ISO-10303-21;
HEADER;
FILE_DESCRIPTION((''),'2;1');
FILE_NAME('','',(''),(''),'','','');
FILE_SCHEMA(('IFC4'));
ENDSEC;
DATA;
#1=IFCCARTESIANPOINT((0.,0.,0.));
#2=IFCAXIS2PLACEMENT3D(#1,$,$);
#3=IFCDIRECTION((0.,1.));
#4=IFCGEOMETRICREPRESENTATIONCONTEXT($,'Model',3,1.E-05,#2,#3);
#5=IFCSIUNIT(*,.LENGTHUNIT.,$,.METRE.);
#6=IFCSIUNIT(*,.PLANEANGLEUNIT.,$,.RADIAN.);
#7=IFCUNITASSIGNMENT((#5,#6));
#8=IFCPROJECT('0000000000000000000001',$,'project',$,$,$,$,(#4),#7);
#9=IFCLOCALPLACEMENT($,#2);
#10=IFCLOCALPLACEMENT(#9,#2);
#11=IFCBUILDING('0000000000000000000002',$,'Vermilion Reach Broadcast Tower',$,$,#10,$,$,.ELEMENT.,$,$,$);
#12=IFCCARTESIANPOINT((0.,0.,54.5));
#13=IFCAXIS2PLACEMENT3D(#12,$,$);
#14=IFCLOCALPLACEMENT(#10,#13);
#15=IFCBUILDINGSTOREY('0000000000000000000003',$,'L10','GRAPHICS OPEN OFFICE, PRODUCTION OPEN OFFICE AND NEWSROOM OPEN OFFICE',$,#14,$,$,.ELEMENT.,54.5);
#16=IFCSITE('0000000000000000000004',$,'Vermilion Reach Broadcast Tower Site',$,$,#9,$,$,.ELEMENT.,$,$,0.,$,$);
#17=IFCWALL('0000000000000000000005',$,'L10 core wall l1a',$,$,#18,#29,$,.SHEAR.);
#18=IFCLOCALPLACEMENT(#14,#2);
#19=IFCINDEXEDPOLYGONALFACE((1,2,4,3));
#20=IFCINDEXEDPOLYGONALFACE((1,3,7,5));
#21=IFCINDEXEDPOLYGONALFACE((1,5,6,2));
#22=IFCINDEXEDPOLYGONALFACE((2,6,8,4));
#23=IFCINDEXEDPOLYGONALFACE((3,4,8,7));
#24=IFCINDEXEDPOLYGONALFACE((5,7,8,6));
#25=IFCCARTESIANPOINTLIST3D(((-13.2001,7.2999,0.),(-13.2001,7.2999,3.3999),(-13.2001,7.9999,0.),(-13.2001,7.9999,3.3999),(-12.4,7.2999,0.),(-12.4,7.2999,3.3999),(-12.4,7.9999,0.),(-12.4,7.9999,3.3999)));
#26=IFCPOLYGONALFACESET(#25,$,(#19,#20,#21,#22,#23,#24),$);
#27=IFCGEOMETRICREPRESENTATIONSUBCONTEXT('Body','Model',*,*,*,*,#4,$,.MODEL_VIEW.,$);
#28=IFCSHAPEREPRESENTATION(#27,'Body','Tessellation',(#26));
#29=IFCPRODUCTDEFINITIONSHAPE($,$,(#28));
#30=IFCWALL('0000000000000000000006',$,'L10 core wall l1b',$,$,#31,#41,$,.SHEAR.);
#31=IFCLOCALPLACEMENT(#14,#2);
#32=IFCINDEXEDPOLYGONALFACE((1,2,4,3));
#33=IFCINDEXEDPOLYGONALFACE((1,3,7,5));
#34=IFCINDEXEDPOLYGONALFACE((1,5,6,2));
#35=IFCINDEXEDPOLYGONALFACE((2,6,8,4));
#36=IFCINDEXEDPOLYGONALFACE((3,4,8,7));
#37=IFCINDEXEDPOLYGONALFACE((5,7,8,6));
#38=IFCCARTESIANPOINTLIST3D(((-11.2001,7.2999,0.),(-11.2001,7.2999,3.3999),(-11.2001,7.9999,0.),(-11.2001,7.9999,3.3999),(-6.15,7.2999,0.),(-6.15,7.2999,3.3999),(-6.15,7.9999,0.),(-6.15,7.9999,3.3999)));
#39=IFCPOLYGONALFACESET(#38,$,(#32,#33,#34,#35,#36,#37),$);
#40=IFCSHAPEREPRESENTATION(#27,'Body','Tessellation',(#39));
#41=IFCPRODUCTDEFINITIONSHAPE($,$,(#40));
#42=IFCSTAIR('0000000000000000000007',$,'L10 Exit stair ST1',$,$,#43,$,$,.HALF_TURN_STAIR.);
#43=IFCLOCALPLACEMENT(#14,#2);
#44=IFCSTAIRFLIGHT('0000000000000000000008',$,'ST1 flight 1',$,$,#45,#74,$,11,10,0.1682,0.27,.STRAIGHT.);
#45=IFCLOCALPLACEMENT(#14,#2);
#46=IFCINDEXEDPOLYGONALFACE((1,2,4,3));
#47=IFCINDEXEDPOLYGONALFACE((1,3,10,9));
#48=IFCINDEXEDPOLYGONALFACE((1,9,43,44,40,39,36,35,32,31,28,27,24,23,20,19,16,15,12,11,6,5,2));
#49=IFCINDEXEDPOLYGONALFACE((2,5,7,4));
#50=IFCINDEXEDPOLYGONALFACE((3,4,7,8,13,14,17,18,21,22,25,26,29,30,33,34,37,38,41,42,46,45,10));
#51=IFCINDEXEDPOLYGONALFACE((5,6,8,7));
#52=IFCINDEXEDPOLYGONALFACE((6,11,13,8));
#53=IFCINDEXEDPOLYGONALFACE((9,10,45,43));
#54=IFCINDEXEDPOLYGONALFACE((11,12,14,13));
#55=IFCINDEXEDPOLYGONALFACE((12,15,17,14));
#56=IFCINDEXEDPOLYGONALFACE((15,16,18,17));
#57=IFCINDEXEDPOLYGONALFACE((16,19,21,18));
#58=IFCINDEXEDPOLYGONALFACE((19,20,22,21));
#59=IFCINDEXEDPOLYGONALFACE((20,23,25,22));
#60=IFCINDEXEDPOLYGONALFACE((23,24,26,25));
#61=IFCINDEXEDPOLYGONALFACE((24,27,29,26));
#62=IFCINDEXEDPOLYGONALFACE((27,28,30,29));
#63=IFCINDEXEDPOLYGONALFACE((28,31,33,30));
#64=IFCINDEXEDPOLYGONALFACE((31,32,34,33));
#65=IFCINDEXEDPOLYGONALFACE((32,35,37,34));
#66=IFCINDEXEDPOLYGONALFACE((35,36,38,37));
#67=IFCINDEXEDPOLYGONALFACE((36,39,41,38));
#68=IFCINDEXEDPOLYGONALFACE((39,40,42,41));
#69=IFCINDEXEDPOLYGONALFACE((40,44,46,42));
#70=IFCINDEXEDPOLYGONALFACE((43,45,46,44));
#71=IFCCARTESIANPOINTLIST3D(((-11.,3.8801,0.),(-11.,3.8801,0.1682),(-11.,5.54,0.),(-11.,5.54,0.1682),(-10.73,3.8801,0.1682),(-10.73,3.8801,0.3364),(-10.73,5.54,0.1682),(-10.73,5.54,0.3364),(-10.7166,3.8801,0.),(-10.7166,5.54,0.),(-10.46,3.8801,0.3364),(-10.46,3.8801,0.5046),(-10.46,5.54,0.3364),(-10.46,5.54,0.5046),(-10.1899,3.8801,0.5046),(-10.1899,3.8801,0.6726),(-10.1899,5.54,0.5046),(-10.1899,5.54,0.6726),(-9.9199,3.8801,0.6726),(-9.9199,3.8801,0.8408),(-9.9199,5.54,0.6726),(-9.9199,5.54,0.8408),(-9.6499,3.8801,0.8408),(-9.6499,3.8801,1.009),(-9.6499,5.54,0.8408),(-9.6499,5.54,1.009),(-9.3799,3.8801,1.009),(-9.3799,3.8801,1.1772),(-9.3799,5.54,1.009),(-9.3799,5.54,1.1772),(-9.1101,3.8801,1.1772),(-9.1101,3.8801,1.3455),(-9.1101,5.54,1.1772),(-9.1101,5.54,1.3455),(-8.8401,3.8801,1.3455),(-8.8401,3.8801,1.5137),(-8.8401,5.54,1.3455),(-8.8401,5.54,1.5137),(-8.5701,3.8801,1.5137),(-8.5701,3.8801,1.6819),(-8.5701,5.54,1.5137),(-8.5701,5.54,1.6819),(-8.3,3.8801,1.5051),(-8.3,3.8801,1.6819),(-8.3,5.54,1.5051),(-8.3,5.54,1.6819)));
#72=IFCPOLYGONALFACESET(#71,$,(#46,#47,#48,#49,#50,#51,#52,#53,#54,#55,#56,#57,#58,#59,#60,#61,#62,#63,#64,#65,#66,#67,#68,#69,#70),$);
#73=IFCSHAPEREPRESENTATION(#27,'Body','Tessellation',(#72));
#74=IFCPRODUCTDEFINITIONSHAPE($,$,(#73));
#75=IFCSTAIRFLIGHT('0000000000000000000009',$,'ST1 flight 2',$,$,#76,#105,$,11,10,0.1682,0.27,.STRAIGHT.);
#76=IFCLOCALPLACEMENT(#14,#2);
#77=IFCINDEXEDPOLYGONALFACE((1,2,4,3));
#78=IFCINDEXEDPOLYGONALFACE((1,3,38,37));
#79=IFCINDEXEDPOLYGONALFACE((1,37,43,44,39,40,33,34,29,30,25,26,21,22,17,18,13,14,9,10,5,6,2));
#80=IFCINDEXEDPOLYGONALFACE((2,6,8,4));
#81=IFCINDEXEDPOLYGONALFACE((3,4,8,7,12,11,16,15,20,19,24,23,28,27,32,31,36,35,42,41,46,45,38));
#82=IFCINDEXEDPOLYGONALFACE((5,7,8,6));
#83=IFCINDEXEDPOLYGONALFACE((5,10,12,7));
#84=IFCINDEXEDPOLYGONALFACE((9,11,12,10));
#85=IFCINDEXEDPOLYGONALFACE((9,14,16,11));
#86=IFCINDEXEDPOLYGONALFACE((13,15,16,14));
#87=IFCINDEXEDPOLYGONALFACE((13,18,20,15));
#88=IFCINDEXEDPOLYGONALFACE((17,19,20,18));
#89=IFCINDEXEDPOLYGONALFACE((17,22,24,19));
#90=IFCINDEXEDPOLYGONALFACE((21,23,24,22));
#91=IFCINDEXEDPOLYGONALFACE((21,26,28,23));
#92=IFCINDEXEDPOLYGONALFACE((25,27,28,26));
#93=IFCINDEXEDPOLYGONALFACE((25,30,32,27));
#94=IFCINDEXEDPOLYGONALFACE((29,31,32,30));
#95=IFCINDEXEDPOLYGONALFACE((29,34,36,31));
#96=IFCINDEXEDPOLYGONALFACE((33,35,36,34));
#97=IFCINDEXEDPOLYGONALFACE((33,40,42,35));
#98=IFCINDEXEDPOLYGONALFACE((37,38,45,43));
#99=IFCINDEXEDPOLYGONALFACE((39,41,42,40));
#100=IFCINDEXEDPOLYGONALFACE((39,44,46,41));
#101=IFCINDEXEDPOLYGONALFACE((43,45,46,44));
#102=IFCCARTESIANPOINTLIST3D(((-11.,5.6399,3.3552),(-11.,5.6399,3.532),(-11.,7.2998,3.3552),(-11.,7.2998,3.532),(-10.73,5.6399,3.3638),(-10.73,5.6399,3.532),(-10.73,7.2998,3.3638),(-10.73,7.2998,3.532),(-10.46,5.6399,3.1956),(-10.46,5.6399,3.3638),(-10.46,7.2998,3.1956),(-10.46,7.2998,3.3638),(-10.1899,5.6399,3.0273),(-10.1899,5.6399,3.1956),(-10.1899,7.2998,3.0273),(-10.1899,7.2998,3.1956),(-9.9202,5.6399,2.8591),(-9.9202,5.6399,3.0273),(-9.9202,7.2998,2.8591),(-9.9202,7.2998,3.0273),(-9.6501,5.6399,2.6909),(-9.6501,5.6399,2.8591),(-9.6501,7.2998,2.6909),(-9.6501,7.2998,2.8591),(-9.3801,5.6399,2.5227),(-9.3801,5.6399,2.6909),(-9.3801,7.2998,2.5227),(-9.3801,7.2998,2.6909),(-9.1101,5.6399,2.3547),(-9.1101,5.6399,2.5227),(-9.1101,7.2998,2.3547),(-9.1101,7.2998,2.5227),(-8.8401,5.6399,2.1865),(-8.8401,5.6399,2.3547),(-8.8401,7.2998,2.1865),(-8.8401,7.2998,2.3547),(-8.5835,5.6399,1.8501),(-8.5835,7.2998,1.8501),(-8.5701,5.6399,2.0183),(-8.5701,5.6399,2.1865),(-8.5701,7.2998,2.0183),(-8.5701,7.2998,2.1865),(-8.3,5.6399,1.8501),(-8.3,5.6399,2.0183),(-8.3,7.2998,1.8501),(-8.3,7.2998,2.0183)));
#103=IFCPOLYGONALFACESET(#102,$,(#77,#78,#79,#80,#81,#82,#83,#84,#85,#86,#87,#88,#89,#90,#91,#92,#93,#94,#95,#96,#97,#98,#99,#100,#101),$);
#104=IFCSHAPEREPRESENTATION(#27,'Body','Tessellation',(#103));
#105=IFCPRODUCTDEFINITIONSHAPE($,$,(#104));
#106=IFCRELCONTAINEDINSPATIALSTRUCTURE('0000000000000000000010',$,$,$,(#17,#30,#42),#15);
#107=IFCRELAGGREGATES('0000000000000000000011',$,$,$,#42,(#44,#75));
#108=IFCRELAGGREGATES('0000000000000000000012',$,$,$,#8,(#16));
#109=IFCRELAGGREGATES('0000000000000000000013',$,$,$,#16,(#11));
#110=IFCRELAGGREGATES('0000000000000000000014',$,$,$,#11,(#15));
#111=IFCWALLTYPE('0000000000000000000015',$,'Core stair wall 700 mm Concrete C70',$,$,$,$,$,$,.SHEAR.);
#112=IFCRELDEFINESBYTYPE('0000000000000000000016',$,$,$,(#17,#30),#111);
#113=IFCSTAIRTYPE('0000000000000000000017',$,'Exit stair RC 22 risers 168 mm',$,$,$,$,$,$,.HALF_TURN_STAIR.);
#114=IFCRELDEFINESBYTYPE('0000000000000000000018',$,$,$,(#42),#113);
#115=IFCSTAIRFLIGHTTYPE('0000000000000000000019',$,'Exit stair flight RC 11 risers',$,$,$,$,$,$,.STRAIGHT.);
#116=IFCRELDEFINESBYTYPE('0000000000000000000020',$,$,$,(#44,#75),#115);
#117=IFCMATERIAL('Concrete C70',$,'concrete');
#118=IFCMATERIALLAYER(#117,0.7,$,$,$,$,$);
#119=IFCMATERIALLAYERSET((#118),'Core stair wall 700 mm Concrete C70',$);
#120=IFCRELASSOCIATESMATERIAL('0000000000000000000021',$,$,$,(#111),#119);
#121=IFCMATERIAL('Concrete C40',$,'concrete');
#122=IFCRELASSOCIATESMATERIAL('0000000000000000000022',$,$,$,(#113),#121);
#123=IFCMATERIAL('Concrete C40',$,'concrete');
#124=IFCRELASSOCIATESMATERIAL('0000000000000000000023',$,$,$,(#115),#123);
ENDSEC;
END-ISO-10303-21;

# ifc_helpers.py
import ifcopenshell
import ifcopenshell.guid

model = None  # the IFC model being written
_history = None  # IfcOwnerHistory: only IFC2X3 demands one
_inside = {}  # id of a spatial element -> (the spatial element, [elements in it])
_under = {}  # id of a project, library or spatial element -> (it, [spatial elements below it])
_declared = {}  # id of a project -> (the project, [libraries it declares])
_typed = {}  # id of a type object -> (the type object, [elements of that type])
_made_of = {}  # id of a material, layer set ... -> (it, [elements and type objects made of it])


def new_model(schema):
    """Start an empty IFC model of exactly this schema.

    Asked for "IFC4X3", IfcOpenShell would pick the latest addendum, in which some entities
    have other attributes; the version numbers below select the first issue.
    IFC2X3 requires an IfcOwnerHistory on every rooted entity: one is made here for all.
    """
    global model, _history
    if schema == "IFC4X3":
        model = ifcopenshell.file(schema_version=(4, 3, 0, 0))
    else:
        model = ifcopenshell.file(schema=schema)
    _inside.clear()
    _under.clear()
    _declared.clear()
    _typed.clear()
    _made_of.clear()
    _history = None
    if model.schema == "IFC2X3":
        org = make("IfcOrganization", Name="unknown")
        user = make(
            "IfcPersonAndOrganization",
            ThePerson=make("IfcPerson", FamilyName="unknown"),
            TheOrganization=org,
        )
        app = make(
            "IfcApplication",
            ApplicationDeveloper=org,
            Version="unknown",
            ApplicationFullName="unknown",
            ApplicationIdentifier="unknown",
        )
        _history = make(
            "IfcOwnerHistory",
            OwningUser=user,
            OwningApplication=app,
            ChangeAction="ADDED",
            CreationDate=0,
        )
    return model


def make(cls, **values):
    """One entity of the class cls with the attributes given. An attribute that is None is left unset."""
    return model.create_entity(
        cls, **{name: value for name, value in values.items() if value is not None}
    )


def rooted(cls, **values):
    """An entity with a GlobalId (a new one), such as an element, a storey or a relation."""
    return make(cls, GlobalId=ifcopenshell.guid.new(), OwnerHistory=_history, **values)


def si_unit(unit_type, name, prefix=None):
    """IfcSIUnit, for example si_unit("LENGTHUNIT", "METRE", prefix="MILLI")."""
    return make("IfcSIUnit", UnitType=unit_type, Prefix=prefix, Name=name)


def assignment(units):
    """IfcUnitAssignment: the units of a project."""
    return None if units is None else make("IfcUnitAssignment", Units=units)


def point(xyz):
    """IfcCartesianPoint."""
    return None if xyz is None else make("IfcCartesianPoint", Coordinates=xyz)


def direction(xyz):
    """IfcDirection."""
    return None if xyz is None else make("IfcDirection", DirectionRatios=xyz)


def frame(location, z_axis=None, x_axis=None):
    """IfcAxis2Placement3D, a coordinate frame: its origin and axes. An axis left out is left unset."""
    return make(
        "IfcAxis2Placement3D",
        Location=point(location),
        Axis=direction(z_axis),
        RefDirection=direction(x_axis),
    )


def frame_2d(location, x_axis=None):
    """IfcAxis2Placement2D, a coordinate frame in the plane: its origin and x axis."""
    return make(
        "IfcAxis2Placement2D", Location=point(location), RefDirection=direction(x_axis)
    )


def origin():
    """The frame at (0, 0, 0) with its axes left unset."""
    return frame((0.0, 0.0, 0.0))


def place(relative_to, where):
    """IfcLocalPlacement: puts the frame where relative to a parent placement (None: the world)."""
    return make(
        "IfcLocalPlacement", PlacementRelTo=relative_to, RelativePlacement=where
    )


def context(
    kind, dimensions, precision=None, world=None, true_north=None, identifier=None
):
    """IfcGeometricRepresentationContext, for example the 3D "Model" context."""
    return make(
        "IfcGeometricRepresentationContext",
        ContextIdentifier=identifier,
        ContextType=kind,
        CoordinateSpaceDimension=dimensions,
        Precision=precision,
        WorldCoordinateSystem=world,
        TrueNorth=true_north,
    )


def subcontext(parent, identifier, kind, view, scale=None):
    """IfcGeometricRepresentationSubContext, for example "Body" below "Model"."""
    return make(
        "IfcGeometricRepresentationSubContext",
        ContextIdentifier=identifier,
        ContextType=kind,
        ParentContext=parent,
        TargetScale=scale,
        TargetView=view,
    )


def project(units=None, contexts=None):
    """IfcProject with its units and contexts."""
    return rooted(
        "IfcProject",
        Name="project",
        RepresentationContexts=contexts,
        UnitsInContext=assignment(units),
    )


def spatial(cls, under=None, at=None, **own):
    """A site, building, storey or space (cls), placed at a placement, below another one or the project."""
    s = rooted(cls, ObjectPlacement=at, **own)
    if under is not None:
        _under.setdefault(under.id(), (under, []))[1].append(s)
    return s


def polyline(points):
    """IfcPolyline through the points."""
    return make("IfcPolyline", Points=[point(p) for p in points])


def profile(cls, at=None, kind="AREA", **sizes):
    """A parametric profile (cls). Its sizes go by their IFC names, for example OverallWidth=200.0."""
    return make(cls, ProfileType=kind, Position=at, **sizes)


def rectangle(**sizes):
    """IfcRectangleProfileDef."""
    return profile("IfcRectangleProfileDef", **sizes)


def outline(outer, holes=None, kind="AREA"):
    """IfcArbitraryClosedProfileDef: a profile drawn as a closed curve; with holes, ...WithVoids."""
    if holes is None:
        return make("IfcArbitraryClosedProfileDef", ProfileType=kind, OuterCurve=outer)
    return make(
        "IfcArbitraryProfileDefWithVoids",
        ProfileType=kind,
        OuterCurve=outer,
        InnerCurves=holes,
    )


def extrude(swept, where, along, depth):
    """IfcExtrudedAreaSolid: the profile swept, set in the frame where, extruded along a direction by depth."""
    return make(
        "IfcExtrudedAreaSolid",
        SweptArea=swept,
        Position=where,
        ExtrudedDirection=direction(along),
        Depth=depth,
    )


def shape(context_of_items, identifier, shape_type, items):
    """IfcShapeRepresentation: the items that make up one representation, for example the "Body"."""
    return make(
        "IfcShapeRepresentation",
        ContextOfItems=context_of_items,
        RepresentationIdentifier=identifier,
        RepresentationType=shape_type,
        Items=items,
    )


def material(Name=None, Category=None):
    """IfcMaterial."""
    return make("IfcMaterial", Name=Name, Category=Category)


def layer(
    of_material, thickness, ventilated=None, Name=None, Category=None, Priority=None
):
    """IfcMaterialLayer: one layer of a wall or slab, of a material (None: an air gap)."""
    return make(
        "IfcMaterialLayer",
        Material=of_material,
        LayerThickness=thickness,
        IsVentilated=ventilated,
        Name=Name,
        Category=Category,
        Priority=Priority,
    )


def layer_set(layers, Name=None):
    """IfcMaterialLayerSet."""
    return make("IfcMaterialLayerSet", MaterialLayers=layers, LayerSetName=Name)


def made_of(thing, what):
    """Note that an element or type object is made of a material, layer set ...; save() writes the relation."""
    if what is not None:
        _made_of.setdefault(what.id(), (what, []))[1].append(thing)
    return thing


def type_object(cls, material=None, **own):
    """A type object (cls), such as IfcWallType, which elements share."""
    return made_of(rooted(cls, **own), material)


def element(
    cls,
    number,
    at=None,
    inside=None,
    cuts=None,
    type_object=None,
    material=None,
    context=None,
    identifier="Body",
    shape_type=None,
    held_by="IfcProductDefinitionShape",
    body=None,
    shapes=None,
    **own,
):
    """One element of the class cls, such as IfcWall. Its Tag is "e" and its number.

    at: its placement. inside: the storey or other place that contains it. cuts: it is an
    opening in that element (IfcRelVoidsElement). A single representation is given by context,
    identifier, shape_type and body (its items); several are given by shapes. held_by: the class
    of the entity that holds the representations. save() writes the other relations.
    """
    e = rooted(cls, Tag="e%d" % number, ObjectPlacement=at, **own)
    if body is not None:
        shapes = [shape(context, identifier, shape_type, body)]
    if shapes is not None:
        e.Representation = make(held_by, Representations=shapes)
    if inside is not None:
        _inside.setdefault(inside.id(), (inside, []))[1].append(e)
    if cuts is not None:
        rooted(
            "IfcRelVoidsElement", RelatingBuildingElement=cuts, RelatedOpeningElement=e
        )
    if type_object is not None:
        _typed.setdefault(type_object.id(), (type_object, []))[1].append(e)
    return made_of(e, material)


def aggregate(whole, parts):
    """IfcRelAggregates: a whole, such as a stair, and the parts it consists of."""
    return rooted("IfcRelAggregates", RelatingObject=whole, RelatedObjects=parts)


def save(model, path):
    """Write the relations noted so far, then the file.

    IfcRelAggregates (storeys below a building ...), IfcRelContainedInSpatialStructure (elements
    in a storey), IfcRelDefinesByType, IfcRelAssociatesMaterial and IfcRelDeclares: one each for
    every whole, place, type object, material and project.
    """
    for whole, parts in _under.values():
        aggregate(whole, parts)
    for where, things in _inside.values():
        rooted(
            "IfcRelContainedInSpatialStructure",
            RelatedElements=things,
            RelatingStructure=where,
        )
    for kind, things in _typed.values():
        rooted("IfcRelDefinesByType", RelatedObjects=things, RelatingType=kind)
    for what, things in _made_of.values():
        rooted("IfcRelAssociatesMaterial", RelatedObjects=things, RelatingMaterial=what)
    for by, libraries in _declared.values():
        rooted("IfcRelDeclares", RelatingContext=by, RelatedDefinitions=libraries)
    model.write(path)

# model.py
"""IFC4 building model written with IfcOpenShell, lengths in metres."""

from ifc_helpers import new_model, si_unit, direction, frame, frame_2d, origin, place, context, subcontext, project, spatial, polyline, rectangle, outline, extrude, material, layer, layer_set, type_object, element, aggregate, save


model = new_model("IFC4")

# Units and contexts
model_context = context("Model", 3, precision=1e-05, world=origin(), true_north=direction((0.0, 1.0)))
body_context = subcontext(model_context, "Body", "Model", "MODEL_VIEW")
ifc_project = project(units=[si_unit("LENGTHUNIT", "METRE"), si_unit("PLANEANGLEUNIT", "RADIAN")], contexts=[model_context])

# Site, building, storey
site_placement = place(None, origin())
site = spatial("IfcSite", under=ifc_project, at=site_placement, Name="Vermilion Reach Broadcast Tower Site", CompositionType="ELEMENT", RefElevation=0.0)
building_placement = place(site_placement, origin())
building = spatial("IfcBuilding", under=site, at=building_placement, Name="Vermilion Reach Broadcast Tower", CompositionType="ELEMENT")
storey_placement = place(building_placement, frame((0.0, 0.0, 54.5)))
storey = spatial("IfcBuildingStorey", under=building, at=storey_placement, Name="L10", Description="GRAPHICS OPEN OFFICE, PRODUCTION OPEN OFFICE AND NEWSROOM OPEN OFFICE", CompositionType="ELEMENT", Elevation=54.5)

# Walls
ifc_material_1 = material(Name="Concrete C70", Category="concrete")
ifc_layer_1 = layer(ifc_material_1, 0.7)
ifc_layer_set_1 = layer_set([ifc_layer_1], Name="Core stair wall 700 mm Concrete C70")
wall_type_1 = type_object("IfcWallType", Name="Core stair wall 700 mm Concrete C70", PredefinedType="SHEAR", material=ifc_layer_set_1)
wall_1_placement = place(storey_placement, frame((-13.2, 7.6499, 0.0), z_axis=(0.0, 0.0, 1.0), x_axis=(1.0, 0.0, 0.0)))
element("IfcWall", 1, at=wall_1_placement, inside=storey, type_object=wall_type_1, Name="L10 core wall l1a", PredefinedType="SHEAR", context=body_context, shape_type="SweptSolid", body=[
    extrude(rectangle(XDim=0.8, YDim=0.7, at=frame_2d((0.3999, 0.0))), origin(), (0.0, 0.0, 1.0), 3.3999),
])
wall_2_placement = place(storey_placement, frame((-11.2, 7.6499, 0.0), z_axis=(0.0, 0.0, 1.0), x_axis=(1.0, 0.0, 0.0)))
element("IfcWall", 2, at=wall_2_placement, inside=storey, type_object=wall_type_1, Name="L10 core wall l1b", PredefinedType="SHEAR", context=body_context, shape_type="SweptSolid", body=[
    extrude(rectangle(XDim=5.05, YDim=0.7, at=frame_2d((2.5249, 0.0))), origin(), (0.0, 0.0, 1.0), 3.3999),
])

# Stair, stair flights
ifc_material_2 = material(Name="Concrete C40", Category="concrete")
stair_type = type_object("IfcStairType", Name="Exit stair RC 22 risers 168 mm", PredefinedType="HALF_TURN_STAIR", material=ifc_material_2)
stair_placement = place(storey_placement, origin())
stair = element("IfcStair", 3, at=stair_placement, inside=storey, type_object=stair_type, Name="L10 Exit stair ST1", PredefinedType="HALF_TURN_STAIR")
ifc_material_3 = material(Name="Concrete C40", Category="concrete")
stair_flight_type = type_object("IfcStairFlightType", Name="Exit stair flight RC 11 risers", PredefinedType="STRAIGHT", material=ifc_material_3)
stair_flight_1_placement = place(storey_placement, frame((-11.0, 4.71, 0.0), z_axis=(0.0, 0.0, 1.0), x_axis=(1.0, 0.0, 0.0)))
stair_flight_1 = element("IfcStairFlight", 4, at=stair_flight_1_placement, type_object=stair_flight_type, Name="ST1 flight 1", NumberOfRisers=11, NumberOfTreads=10, PredefinedType="STRAIGHT", RiserHeight=0.1682, TreadLength=0.27, context=body_context, shape_type="SweptSolid", body=[
    extrude(outline(polyline([(0.0, 0.0), (0.0, 0.1682), (0.27, 0.1682), (0.27, 0.3364), (0.54, 0.3364), (0.54, 0.5046), (0.8101, 0.5046), (0.8101, 0.6726), (1.0801, 0.6726), (1.0801, 0.8408), (1.3501, 0.8408), (1.3501, 1.009), (1.6201, 1.009), (1.6201, 1.1772), (1.8899, 1.1772), (1.8899, 1.3455), (2.1599, 1.3455), (2.1599, 1.5137), (2.4299, 1.5137), (2.4299, 1.6819), (2.7, 1.6819), (2.7, 1.8501), (2.7, 1.5051), (0.2834, 0.0), (0.0, 0.0)])), frame((0.0, 0.8301, 0.0), z_axis=(0.0, -1.0, 0.0), x_axis=(1.0, 0.0, 0.0)), (0.0, 0.0, 1.0), 1.6599),
])
stair_flight_2_placement = place(storey_placement, frame((-8.3, 6.47, 1.8501), z_axis=(0.0, 0.0, 1.0), x_axis=(-1.0, 0.0, 0.0)))
stair_flight_2 = element("IfcStairFlight", 5, at=stair_flight_2_placement, type_object=stair_flight_type, Name="ST1 flight 2", NumberOfRisers=11, NumberOfTreads=10, PredefinedType="STRAIGHT", RiserHeight=0.1682, TreadLength=0.27, context=body_context, shape_type="SweptSolid", body=[
    extrude(outline(polyline([(0.0, 0.0), (0.0, 0.1682), (0.27, 0.1682), (0.27, 0.3364), (0.54, 0.3364), (0.54, 0.5046), (0.8101, 0.5046), (0.8101, 0.6726), (1.0801, 0.6726), (1.0801, 0.8408), (1.3501, 0.8408), (1.3501, 1.009), (1.6201, 1.009), (1.6201, 1.1772), (1.8899, 1.1772), (1.8899, 1.3455), (2.1599, 1.3455), (2.1599, 1.5137), (2.4299, 1.5137), (2.4299, 1.6819), (2.7, 1.6819), (2.7, 1.8501), (2.7, 1.5051), (0.2834, 0.0), (0.0, 0.0)])), frame((0.0, 0.8301, 0.0), z_axis=(0.0, -1.0, 0.0), x_axis=(1.0, 0.0, 0.0)), (0.0, 0.0, 1.0), 1.6599),
])
aggregate(stair, [stair_flight_1, stair_flight_2])

save(model, "model.ifc")
